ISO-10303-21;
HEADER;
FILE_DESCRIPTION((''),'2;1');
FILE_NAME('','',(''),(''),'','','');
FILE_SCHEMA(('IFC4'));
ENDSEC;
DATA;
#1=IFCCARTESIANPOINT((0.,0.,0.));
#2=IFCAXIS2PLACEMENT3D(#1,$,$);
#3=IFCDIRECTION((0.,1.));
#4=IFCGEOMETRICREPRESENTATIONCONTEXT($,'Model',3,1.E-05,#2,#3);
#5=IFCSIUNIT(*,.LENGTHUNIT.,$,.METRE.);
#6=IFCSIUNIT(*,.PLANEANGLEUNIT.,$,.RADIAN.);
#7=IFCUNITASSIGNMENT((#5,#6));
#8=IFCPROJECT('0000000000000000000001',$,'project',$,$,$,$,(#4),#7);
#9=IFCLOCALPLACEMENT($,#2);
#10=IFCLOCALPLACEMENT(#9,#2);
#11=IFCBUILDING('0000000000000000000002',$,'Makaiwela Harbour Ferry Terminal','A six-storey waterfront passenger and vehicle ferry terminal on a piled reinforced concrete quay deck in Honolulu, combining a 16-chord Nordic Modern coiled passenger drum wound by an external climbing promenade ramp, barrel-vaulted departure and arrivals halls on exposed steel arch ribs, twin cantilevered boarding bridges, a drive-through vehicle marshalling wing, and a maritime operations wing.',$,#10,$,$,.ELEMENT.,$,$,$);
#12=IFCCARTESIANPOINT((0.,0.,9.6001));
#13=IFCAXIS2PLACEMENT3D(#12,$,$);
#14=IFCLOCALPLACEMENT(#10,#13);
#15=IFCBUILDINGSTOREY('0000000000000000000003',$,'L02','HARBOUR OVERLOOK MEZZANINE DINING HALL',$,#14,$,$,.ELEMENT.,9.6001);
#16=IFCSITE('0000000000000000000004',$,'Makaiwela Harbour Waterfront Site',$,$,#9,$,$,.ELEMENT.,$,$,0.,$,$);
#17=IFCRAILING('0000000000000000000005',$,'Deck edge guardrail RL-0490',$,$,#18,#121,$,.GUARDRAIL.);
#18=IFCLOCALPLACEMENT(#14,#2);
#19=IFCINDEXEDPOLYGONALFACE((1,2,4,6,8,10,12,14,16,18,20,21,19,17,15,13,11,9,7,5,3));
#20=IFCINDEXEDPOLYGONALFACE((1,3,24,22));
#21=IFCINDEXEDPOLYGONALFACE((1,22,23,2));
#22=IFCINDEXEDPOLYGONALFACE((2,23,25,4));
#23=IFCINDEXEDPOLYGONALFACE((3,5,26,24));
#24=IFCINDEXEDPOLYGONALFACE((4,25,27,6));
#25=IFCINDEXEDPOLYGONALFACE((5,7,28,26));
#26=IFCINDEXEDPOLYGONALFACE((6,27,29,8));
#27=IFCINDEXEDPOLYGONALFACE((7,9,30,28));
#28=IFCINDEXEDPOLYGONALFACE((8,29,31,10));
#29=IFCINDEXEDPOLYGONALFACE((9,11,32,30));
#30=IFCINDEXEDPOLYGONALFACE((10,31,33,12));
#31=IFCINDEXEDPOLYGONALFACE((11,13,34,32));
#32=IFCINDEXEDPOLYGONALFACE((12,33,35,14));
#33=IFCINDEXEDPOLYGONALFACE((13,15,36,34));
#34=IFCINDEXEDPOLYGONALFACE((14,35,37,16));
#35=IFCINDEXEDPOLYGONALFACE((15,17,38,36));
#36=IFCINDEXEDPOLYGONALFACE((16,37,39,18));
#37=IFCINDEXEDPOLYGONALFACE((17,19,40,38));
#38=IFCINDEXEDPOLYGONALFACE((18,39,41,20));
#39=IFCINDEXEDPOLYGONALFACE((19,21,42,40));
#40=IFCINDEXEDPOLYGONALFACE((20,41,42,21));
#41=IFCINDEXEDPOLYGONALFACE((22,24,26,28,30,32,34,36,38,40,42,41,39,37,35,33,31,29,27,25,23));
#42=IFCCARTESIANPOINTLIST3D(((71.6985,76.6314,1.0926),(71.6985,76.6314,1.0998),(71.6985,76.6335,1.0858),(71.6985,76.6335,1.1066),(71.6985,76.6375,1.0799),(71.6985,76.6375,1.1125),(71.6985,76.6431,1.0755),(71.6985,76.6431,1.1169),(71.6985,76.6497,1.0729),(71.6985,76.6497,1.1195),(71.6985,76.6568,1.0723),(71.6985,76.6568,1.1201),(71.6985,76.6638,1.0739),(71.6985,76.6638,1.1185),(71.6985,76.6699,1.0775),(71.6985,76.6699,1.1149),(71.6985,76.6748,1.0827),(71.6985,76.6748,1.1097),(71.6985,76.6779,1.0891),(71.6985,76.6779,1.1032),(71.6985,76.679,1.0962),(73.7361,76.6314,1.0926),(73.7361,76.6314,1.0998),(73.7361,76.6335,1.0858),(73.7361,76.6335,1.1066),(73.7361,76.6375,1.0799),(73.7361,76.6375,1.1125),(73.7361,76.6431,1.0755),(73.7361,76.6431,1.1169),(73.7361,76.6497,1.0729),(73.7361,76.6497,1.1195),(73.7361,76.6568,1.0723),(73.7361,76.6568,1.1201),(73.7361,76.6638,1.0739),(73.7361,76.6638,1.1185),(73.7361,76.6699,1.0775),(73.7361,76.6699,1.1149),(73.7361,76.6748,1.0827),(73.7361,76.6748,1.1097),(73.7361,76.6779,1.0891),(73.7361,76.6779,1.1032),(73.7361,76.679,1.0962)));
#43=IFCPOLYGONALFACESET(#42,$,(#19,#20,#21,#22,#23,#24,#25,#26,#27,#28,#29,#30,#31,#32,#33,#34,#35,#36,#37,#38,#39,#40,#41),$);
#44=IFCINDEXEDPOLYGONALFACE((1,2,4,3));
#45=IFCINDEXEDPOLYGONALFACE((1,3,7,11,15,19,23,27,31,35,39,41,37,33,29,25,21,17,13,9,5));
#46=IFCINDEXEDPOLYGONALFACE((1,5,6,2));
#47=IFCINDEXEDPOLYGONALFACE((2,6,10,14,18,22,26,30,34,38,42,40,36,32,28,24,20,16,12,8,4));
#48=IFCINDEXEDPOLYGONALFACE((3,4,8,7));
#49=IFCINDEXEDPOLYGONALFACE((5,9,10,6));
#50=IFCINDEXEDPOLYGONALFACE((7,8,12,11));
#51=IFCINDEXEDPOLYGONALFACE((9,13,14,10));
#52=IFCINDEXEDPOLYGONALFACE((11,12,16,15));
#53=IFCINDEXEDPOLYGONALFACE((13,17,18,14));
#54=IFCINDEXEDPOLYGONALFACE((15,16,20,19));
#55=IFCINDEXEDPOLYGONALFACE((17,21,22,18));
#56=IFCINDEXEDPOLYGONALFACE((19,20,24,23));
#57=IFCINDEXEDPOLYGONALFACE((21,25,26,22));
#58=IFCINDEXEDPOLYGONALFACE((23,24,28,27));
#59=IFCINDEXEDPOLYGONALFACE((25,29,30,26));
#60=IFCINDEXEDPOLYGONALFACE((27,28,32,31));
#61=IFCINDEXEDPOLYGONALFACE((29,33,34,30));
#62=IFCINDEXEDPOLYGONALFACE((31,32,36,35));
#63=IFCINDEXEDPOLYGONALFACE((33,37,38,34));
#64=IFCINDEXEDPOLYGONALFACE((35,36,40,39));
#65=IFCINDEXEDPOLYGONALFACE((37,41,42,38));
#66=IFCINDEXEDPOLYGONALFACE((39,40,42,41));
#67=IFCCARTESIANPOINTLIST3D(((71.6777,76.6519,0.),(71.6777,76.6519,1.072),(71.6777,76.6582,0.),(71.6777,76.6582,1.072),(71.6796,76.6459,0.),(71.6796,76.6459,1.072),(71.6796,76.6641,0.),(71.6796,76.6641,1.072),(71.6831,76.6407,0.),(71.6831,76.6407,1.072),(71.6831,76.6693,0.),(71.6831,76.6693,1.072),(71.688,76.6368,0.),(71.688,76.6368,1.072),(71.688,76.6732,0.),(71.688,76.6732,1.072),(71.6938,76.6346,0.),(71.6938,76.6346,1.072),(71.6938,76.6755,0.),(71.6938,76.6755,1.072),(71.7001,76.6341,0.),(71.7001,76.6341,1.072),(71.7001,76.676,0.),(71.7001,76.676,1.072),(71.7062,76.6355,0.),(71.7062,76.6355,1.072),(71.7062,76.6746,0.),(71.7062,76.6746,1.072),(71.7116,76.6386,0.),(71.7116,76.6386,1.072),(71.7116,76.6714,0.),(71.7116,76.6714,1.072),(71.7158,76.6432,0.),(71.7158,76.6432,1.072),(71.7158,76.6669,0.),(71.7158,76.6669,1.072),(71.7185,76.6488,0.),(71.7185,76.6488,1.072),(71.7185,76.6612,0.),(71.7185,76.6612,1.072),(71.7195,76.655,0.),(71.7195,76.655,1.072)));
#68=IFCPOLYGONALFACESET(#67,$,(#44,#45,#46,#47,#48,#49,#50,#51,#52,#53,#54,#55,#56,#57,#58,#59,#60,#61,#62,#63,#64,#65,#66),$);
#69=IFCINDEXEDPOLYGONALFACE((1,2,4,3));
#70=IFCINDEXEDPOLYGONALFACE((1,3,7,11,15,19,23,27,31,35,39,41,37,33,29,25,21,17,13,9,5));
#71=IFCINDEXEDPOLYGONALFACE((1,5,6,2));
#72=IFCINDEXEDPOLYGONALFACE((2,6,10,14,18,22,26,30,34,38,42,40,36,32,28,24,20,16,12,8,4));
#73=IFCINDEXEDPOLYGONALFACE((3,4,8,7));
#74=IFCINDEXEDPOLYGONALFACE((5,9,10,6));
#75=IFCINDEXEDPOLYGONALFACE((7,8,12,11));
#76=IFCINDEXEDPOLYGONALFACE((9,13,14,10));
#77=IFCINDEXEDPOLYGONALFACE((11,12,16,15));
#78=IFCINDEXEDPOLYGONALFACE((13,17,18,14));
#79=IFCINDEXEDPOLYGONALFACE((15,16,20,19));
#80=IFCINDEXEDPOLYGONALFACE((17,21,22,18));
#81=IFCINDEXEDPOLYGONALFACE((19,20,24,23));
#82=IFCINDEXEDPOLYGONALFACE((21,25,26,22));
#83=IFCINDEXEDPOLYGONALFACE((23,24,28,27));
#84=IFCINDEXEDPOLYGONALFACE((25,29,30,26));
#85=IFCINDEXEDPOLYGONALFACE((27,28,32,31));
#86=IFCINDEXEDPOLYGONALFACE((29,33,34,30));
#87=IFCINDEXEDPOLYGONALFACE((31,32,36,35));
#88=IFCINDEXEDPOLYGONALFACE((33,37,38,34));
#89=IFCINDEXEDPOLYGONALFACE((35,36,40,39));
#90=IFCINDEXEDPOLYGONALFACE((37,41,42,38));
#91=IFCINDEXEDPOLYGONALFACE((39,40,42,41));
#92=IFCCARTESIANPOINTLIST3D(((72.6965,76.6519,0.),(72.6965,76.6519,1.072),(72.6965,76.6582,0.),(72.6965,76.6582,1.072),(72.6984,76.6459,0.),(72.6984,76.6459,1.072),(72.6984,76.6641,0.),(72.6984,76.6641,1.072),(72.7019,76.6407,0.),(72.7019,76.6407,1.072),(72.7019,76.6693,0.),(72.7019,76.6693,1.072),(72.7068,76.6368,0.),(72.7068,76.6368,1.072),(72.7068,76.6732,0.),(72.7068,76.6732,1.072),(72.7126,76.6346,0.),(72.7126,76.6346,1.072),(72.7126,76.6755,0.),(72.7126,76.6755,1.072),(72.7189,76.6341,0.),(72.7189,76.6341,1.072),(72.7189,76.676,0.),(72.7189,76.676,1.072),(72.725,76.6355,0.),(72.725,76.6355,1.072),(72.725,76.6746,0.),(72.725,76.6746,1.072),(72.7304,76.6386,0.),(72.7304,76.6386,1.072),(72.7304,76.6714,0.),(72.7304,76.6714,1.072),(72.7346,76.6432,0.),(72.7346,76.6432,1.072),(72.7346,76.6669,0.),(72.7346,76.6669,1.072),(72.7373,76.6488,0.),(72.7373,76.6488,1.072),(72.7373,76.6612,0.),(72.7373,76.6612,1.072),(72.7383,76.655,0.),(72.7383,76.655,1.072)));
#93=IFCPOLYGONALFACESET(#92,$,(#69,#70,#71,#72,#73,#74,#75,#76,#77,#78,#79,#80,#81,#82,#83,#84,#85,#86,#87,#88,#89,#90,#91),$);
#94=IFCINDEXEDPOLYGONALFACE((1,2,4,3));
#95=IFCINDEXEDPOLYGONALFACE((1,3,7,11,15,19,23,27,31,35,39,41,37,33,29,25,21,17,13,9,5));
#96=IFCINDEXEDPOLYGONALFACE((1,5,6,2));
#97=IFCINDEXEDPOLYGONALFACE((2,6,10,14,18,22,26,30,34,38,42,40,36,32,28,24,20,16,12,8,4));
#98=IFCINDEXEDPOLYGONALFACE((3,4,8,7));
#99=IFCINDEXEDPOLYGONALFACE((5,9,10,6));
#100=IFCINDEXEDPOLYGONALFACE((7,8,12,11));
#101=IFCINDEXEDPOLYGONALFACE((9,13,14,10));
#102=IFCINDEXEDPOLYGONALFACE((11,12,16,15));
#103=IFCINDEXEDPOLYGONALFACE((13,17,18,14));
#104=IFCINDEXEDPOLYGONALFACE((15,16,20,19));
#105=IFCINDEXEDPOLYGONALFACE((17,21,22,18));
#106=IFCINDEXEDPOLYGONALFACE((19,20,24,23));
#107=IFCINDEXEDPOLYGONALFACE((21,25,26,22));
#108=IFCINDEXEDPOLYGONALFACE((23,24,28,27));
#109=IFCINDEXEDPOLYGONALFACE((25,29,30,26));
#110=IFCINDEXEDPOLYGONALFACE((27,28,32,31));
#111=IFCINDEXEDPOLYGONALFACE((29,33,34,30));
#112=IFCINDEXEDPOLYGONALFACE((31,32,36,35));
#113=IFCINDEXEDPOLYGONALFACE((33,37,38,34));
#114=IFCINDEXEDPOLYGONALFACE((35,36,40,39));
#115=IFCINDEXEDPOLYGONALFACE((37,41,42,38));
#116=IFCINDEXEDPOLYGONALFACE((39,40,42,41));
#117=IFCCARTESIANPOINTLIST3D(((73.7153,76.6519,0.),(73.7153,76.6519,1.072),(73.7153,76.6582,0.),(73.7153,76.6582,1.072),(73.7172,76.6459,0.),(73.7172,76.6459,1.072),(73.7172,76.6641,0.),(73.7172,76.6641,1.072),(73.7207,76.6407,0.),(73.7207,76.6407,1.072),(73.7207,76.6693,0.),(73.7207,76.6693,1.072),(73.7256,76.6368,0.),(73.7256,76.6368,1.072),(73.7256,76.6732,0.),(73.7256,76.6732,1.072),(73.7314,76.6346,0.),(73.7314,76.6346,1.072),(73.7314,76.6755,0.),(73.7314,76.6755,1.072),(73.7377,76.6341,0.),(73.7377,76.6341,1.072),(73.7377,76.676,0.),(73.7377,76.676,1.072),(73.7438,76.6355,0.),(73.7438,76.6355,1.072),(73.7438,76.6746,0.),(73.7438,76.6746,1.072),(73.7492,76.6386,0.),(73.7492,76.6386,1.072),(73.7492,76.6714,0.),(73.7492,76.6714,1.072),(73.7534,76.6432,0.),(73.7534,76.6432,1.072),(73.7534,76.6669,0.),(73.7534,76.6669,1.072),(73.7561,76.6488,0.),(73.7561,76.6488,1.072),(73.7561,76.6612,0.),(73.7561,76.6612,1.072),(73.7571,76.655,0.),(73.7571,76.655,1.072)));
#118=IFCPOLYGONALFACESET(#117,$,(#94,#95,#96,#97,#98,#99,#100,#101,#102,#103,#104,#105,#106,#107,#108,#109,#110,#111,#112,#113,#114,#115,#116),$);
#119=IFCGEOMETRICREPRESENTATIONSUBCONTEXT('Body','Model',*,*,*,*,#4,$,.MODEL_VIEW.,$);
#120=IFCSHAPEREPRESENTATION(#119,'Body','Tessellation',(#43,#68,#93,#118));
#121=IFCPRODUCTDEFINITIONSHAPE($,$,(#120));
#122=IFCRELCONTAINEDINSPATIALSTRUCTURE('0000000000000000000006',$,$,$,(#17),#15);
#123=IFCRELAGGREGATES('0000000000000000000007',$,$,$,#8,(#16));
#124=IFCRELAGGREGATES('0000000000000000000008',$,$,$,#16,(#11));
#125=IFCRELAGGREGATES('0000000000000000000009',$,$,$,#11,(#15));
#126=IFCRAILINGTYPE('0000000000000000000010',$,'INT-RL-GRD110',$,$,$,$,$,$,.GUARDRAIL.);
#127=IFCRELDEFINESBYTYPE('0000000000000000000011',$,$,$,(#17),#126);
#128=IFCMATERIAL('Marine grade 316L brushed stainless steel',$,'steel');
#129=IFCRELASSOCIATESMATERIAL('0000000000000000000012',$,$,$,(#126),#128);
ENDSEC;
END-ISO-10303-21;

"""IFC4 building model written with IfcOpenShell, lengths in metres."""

from ifc_helpers import new_model, si_unit, direction, frame, origin, origin_2d, place, context, subcontext, project, spatial, circle, extrude, material, type_object, element, save


model = new_model("IFC4")

# Units and contexts
model_context = context("Model", 3, precision=1e-05, world=origin(), true_north=direction((0.0, 1.0)))
body_context = subcontext(model_context, "Body", "Model", "MODEL_VIEW")
ifc_project = project(units=[si_unit("LENGTHUNIT", "METRE"), si_unit("PLANEANGLEUNIT", "RADIAN")], contexts=[model_context])

# Site, building, storey
site_placement = place(None, origin())
site = spatial("IfcSite", under=ifc_project, at=site_placement, Name="Makaiwela Harbour Waterfront Site", CompositionType="ELEMENT", RefElevation=0.0)
building_placement = place(site_placement, origin())
building = spatial("IfcBuilding", under=site, at=building_placement, Name="Makaiwela Harbour Ferry Terminal", Description="A six-storey waterfront passenger and vehicle ferry terminal on a piled reinforced concrete quay deck in Honolulu, combining a 16-chord Nordic Modern coiled passenger drum wound by an external climbing promenade ramp, barrel-vaulted departure and arrivals halls on exposed steel arch ribs, twin cantilevered boarding bridges, a drive-through vehicle marshalling wing, and a maritime operations wing.", CompositionType="ELEMENT")
storey_placement = place(building_placement, frame((0.0, 0.0, 9.6001)))
storey = spatial("IfcBuildingStorey", under=building, at=storey_placement, Name="L02", Description="HARBOUR OVERLOOK MEZZANINE DINING HALL", CompositionType="ELEMENT", Elevation=9.6001)

# Railing
ifc_material_1 = material(Name="Marine grade 316L brushed stainless steel", Category="steel")
railing_type = type_object("IfcRailingType", Name="INT-RL-GRD110", PredefinedType="GUARDRAIL", material=ifc_material_1)
for number, where, name in (
    (1, (71.6985, 76.655, 0.0), "Deck edge guardrail RL-0490"),
):
    element("IfcRailing", number, at=place(storey_placement, frame(where)), inside=storey, type_object=railing_type, Name=name, PredefinedType="GUARDRAIL", context=body_context, shape_type="SweptSolid", body=[
        extrude(circle(Radius=0.0239, at=origin_2d()), frame((0.0, 0.0, 1.0962), z_axis=(1.0, 0.0, 0.0), x_axis=(0.0, 1.0, 0.0)), (0.0, 0.0, 1.0), 2.0376),
        extrude(circle(Radius=0.021, at=origin_2d()), origin(), (0.0, 0.0, 1.0), 1.072),
        extrude(circle(Radius=0.021, at=origin_2d()), frame((1.0188, 0.0, 0.0)), (0.0, 0.0, 1.0), 1.072),
        extrude(circle(Radius=0.021, at=origin_2d()), frame((2.0376, 0.0, 0.0)), (0.0, 0.0, 1.0), 1.072),
    ])

save(model, "model.ifc")
